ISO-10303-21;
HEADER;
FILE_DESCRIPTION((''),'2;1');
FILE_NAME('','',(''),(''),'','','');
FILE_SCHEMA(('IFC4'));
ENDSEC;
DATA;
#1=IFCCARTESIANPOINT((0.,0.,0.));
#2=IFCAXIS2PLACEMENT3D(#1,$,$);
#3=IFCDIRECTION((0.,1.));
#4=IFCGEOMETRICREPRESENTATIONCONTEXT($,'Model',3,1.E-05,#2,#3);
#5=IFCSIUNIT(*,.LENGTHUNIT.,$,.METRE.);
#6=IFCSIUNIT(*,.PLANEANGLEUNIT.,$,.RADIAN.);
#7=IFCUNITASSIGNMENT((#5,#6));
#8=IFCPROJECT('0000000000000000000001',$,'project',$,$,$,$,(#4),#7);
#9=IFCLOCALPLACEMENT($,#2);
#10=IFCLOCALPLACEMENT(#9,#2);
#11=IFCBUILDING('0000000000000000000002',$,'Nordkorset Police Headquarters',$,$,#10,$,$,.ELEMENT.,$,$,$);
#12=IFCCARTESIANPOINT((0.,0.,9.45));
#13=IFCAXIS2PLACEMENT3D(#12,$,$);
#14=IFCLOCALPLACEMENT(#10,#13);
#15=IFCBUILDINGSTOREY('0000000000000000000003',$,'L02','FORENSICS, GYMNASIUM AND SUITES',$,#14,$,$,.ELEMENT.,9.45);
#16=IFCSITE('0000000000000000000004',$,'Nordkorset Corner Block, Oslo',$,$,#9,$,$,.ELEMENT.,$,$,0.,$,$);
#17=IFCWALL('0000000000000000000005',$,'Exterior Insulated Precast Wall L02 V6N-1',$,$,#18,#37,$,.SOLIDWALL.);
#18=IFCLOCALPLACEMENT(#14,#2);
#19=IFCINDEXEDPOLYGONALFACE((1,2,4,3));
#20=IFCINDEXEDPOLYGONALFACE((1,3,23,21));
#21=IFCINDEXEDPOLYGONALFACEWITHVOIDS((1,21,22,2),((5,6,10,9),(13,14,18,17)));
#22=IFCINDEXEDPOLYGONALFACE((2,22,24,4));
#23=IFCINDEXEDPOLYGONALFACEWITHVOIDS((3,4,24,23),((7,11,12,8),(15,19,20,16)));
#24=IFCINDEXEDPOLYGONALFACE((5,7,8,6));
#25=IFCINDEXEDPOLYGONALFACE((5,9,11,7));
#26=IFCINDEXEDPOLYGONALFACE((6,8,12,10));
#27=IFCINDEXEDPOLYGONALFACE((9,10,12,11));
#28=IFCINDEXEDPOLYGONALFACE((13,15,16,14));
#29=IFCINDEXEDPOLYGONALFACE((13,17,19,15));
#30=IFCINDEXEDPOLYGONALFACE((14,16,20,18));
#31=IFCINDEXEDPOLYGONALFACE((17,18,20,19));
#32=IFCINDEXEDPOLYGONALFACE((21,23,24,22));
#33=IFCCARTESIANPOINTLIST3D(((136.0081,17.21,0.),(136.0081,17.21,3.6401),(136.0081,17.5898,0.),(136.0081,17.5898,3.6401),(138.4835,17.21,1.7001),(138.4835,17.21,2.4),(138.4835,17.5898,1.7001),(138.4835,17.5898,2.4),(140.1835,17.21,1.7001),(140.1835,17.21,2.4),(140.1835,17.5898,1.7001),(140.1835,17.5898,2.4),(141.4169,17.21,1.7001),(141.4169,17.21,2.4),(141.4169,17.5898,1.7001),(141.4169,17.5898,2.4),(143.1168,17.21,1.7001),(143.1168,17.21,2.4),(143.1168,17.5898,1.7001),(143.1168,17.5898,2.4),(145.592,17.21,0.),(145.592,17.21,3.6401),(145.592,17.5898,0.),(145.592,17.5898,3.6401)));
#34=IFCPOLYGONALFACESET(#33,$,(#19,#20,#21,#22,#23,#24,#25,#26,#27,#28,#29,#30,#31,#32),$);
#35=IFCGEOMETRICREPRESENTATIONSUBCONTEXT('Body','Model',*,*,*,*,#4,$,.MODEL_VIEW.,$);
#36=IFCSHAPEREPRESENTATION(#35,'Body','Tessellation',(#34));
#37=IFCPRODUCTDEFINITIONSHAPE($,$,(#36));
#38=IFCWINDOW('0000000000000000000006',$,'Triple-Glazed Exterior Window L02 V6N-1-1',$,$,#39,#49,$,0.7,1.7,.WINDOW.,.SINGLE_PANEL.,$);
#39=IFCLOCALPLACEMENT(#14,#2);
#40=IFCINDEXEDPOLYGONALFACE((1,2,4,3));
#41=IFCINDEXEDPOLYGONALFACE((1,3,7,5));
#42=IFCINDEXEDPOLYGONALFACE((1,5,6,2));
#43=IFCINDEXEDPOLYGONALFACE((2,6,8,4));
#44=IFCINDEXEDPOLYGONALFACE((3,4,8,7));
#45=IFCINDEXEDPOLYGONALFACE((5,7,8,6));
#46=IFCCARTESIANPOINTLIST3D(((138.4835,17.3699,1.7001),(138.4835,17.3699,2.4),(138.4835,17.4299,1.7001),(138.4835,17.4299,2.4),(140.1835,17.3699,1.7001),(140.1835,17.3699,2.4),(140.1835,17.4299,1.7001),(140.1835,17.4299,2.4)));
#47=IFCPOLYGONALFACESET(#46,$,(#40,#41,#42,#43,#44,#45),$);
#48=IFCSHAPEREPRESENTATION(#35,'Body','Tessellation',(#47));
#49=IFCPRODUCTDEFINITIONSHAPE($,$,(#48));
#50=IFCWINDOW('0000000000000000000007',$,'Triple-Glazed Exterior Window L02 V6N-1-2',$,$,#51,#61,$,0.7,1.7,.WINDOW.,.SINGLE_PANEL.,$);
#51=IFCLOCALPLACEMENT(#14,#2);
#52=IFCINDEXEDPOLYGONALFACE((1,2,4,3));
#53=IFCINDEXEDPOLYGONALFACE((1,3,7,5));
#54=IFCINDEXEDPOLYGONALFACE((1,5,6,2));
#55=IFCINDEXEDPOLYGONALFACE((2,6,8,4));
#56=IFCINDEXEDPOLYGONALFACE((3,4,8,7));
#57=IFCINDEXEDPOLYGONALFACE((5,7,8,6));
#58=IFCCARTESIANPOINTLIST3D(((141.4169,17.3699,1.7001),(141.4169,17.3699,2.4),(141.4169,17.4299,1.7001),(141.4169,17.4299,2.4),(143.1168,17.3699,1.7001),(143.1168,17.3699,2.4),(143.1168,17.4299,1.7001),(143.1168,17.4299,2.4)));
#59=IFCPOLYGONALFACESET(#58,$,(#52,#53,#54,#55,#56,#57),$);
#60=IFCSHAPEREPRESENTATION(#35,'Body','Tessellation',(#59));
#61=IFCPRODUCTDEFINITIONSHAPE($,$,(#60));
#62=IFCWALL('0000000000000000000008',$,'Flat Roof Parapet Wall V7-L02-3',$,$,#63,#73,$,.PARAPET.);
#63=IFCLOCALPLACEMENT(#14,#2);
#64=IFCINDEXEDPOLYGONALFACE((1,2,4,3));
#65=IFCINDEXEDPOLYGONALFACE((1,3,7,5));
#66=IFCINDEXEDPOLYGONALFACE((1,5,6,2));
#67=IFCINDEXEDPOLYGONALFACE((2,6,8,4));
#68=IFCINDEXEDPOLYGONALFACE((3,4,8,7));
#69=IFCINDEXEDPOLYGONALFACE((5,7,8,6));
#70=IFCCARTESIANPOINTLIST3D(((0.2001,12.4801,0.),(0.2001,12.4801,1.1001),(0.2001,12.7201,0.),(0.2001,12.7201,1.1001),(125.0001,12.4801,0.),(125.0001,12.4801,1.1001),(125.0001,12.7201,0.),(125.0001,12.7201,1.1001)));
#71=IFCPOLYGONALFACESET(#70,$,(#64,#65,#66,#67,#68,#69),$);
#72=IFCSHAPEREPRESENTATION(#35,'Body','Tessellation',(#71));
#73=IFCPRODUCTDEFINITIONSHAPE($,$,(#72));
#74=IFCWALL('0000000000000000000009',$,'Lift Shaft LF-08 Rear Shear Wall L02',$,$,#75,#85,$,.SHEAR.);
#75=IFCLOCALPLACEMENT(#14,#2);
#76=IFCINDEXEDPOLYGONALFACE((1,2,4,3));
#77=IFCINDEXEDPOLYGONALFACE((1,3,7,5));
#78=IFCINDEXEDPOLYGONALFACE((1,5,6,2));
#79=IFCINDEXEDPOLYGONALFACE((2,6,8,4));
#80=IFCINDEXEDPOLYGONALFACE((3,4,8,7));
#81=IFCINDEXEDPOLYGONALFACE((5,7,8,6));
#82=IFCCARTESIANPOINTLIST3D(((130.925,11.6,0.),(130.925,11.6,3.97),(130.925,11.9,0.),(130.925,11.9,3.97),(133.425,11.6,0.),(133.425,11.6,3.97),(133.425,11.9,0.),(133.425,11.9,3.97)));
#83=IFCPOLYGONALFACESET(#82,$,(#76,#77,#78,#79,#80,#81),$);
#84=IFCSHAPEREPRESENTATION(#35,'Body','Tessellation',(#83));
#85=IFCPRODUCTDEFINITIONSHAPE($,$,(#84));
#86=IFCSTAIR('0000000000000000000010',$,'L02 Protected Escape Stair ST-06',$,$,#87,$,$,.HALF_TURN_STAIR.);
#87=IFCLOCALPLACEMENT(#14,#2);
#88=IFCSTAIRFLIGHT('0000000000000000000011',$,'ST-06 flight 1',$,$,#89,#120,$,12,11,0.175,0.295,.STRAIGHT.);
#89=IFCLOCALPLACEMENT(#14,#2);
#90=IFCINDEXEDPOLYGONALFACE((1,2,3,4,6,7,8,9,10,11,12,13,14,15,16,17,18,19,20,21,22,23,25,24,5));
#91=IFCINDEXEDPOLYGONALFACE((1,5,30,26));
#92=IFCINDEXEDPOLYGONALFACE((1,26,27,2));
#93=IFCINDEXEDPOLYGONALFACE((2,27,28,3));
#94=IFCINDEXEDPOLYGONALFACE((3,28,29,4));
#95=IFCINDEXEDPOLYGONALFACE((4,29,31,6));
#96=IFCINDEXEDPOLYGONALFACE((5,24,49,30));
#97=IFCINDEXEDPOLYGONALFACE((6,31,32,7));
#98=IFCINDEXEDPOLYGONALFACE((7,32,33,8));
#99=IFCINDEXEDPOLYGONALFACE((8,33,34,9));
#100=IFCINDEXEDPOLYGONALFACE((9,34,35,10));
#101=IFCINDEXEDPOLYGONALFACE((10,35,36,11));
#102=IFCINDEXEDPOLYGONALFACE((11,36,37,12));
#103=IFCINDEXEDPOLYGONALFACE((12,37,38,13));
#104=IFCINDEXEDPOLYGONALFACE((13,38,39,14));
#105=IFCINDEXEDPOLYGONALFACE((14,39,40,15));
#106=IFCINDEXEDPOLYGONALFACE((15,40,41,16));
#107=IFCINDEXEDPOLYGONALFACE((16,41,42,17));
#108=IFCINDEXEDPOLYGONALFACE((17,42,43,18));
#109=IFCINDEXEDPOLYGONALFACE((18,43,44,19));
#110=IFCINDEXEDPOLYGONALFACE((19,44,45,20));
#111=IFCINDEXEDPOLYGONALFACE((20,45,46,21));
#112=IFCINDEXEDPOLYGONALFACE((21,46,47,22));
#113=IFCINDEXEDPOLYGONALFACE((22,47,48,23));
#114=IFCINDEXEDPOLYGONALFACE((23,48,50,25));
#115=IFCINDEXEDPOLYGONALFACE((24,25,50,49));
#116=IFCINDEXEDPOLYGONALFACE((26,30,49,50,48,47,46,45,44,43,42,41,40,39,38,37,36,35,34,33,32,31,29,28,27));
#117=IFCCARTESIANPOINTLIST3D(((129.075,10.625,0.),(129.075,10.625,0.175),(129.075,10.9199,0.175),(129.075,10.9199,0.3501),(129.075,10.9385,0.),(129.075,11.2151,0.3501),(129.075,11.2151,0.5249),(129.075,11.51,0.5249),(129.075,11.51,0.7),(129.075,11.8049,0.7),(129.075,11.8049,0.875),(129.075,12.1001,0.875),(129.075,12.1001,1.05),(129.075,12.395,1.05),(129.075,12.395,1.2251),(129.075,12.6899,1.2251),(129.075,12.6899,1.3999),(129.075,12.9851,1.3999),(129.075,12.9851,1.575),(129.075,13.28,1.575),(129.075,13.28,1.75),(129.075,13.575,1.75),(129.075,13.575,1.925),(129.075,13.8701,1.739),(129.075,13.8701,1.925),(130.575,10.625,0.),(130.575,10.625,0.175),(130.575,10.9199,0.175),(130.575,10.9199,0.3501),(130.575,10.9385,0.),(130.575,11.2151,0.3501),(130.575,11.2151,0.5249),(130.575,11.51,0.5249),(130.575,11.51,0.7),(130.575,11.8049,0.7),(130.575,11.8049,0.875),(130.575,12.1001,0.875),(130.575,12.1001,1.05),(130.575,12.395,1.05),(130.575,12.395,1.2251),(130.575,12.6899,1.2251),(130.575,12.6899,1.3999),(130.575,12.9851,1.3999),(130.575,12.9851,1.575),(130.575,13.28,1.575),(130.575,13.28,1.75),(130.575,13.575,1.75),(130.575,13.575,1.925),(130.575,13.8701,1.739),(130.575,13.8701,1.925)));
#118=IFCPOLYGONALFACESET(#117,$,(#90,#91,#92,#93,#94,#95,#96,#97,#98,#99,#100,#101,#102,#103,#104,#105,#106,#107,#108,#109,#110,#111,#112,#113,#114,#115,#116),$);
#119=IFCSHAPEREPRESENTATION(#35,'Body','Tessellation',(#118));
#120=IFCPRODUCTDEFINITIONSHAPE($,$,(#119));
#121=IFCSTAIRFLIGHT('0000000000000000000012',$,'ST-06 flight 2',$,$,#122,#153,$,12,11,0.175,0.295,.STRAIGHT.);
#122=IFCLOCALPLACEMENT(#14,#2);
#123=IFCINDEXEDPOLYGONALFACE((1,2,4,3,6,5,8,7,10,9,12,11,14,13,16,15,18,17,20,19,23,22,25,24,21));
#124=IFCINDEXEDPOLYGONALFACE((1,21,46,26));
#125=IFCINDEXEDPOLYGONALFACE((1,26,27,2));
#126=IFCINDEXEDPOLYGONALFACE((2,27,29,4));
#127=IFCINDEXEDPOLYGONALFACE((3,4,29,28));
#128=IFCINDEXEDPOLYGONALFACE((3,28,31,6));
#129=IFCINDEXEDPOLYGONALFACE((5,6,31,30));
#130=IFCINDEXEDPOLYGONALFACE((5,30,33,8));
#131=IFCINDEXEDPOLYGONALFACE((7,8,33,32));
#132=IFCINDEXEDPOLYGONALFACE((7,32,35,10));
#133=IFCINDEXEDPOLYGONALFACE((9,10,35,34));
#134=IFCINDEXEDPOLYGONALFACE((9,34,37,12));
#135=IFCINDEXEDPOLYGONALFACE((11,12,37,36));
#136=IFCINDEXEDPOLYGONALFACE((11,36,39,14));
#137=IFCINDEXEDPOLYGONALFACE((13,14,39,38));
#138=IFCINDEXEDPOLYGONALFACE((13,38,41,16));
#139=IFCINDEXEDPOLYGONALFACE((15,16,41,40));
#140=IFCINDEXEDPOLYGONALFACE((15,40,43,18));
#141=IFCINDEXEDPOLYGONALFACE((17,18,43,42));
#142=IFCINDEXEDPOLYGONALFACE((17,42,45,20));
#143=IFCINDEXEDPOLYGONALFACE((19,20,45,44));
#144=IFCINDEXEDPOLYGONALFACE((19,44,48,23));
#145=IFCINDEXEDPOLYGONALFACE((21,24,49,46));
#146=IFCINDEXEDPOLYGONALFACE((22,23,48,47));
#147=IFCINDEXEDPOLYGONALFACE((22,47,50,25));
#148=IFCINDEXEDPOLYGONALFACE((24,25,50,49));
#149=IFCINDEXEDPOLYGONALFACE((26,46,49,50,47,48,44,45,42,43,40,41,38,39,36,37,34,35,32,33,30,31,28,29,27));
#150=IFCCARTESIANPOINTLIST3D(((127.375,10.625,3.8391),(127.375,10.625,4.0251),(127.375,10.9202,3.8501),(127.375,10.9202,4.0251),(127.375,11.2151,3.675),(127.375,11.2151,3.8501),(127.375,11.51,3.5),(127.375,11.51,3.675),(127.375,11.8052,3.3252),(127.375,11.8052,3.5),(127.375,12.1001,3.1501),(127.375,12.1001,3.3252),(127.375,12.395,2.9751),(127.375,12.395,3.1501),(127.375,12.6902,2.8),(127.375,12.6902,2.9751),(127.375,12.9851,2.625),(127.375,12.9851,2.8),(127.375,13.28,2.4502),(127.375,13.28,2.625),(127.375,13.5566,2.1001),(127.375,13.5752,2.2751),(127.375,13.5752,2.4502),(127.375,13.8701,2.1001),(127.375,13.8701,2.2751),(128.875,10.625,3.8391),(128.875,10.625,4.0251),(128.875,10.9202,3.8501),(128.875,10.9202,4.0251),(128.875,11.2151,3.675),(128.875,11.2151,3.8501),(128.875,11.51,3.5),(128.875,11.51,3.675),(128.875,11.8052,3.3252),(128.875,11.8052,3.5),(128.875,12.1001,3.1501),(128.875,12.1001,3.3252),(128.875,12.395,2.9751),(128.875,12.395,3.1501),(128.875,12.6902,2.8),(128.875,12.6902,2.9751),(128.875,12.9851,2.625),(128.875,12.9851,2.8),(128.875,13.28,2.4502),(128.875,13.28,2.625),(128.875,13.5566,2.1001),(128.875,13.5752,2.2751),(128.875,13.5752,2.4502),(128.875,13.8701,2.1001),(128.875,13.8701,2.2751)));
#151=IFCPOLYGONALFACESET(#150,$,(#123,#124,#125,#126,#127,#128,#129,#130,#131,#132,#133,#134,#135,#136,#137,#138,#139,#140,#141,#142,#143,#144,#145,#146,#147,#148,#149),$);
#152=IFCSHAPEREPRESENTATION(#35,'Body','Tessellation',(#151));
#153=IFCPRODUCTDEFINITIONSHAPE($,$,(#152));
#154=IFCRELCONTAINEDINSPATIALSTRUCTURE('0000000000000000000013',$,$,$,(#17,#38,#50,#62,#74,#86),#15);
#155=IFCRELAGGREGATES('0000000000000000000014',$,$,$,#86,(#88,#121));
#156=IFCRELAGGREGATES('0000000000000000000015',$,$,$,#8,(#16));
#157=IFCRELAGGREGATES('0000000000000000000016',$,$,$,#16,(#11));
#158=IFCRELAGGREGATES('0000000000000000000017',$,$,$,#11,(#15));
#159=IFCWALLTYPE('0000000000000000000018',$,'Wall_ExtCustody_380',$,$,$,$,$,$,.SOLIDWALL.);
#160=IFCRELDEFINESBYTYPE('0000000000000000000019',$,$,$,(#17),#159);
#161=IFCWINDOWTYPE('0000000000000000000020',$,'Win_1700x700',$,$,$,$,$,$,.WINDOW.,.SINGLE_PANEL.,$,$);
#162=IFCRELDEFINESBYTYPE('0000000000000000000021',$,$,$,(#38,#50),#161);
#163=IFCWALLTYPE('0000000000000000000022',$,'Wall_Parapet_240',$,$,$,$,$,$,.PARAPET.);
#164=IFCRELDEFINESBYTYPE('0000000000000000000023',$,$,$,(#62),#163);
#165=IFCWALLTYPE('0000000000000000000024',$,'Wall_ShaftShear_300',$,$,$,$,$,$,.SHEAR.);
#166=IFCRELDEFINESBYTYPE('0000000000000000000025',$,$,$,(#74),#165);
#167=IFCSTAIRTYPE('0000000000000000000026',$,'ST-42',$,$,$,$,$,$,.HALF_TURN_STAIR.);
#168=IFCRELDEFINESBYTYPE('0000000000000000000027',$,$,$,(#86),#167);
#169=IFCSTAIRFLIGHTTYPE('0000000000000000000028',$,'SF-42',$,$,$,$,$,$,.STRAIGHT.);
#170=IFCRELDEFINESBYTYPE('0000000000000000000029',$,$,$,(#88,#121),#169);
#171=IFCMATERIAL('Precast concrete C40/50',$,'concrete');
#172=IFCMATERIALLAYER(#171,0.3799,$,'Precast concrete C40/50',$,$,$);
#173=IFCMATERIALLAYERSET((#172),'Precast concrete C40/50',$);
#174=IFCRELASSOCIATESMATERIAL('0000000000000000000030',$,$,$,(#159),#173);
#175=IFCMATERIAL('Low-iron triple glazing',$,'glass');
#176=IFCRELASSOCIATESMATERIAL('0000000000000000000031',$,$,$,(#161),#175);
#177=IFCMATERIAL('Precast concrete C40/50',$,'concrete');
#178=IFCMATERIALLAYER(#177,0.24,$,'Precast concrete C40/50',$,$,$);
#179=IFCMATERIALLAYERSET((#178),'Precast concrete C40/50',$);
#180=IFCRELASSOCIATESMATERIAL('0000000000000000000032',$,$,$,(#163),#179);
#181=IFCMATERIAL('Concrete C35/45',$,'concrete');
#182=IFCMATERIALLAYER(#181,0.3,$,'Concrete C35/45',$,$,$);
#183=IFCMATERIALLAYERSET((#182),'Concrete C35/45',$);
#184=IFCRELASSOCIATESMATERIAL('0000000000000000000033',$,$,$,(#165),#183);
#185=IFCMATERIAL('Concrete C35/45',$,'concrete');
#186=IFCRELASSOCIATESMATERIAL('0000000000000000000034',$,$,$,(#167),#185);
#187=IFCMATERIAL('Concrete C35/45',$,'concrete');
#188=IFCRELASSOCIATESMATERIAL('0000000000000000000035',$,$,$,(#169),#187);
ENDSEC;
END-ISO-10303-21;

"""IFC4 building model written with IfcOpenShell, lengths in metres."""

from ifc_helpers import new_model, si_unit, direction, frame, frame_2d, origin, place, context, subcontext, project, spatial, polyline, rectangle, outline, extrude, material, layer, layer_set, type_object, element, fill, aggregate, save


model = new_model("IFC4")

# Units and contexts
model_context = context("Model", 3, precision=1e-05, world=origin(), true_north=direction((0.0, 1.0)))
body_context = subcontext(model_context, "Body", "Model", "MODEL_VIEW")
ifc_project = project(units=[si_unit("LENGTHUNIT", "METRE"), si_unit("PLANEANGLEUNIT", "RADIAN")], contexts=[model_context])

# Site, building, storey
site_placement = place(None, origin())
site = spatial("IfcSite", under=ifc_project, at=site_placement, Name="Nordkorset Corner Block, Oslo", CompositionType="ELEMENT", RefElevation=0.0)
building_placement = place(site_placement, origin())
building = spatial("IfcBuilding", under=site, at=building_placement, Name="Nordkorset Police Headquarters", CompositionType="ELEMENT")
storey_placement = place(building_placement, frame((0.0, 0.0, 9.45)))
storey = spatial("IfcBuildingStorey", under=building, at=storey_placement, Name="L02", Description="FORENSICS, GYMNASIUM AND SUITES", CompositionType="ELEMENT", Elevation=9.45)

# Wall, openings, windows
ifc_material_1 = material(Name="Precast concrete C40/50", Category="concrete")
ifc_layer_1 = layer(ifc_material_1, 0.3799, Name="Precast concrete C40/50")
ifc_layer_set_1 = layer_set([ifc_layer_1], Name="Precast concrete C40/50")
wall_type_1 = type_object("IfcWallType", Name="Wall_ExtCustody_380", PredefinedType="SOLIDWALL", material=ifc_layer_set_1)
wall_1_placement = place(storey_placement, frame((136.0081, 17.3999, 0.0), z_axis=(0.0, 0.0, 1.0), x_axis=(1.0, 0.0, 0.0)))
wall_1 = element("IfcWall", 1, at=wall_1_placement, inside=storey, type_object=wall_type_1, Name="Exterior Insulated Precast Wall L02 V6N-1", PredefinedType="SOLIDWALL", context=body_context, shape_type="SweptSolid", body=[
    extrude(rectangle(XDim=9.584, YDim=0.3799, at=frame_2d((4.792, 0.0))), origin(), (0.0, 0.0, 1.0), 3.6401),
])
opening_1_placement = place(wall_1_placement, frame((2.4753, 0.0, 1.7)))
opening_1 = element("IfcOpeningElement", 2, at=opening_1_placement, cuts=wall_1, PredefinedType="OPENING", context=body_context, shape_type="SweptSolid", body=[
    extrude(rectangle(XDim=1.7, YDim=0.7, at=frame_2d((0.8501, 0.3501))), frame((0.0, 0.2, 0.0), z_axis=(0.0, -1.0, 0.0), x_axis=(1.0, 0.0, 0.0)), (0.0, 0.0, 1.0), 0.3999),
])
opening_2_placement = place(wall_1_placement, frame((5.4087, 0.0, 1.7)))
opening_2 = element("IfcOpeningElement", 3, at=opening_2_placement, cuts=wall_1, PredefinedType="OPENING", context=body_context, shape_type="SweptSolid", body=[
    extrude(rectangle(XDim=1.7, YDim=0.7, at=frame_2d((0.8501, 0.3501))), frame((0.0, 0.2, 0.0), z_axis=(0.0, -1.0, 0.0), x_axis=(1.0, 0.0, 0.0)), (0.0, 0.0, 1.0), 0.3999),
])
ifc_material_2 = material(Name="Low-iron triple glazing", Category="glass")
window_type_1 = type_object("IfcWindowType", Name="Win_1700x700", PartitioningType="SINGLE_PANEL", PredefinedType="WINDOW", material=ifc_material_2)
window_1_placement = place(opening_1_placement, origin())
window_1 = element("IfcWindow", 4, at=window_1_placement, inside=storey, type_object=window_type_1, Name="Triple-Glazed Exterior Window L02 V6N-1-1", OverallHeight=0.7, OverallWidth=1.7, PartitioningType="SINGLE_PANEL", PredefinedType="WINDOW", context=body_context, shape_type="SweptSolid", body=[
    extrude(rectangle(XDim=1.7, YDim=0.7, at=frame_2d((0.8501, 0.3501))), frame((0.0, 0.03, 0.0), z_axis=(0.0, -1.0, 0.0), x_axis=(1.0, 0.0, 0.0)), (0.0, 0.0, 1.0), 0.0601),
])
fill(opening_1, window_1)
window_2_placement = place(opening_2_placement, origin())
window_2 = element("IfcWindow", 5, at=window_2_placement, inside=storey, type_object=window_type_1, Name="Triple-Glazed Exterior Window L02 V6N-1-2", OverallHeight=0.7, OverallWidth=1.7, PartitioningType="SINGLE_PANEL", PredefinedType="WINDOW", context=body_context, shape_type="SweptSolid", body=[
    extrude(rectangle(XDim=1.7, YDim=0.7, at=frame_2d((0.8501, 0.3501))), frame((0.0, 0.03, 0.0), z_axis=(0.0, -1.0, 0.0), x_axis=(1.0, 0.0, 0.0)), (0.0, 0.0, 1.0), 0.0601),
])
fill(opening_2, window_2)

# Walls
ifc_material_3 = material(Name="Precast concrete C40/50", Category="concrete")
ifc_layer_2 = layer(ifc_material_3, 0.24, Name="Precast concrete C40/50")
ifc_layer_set_2 = layer_set([ifc_layer_2], Name="Precast concrete C40/50")
wall_type_2 = type_object("IfcWallType", Name="Wall_Parapet_240", PredefinedType="PARAPET", material=ifc_layer_set_2)
wall_2_placement = place(storey_placement, frame((125.0, 12.6001, 0.0), z_axis=(0.0, 0.0, 1.0), x_axis=(-1.0, 0.0, 0.0)))
element("IfcWall", 6, at=wall_2_placement, inside=storey, type_object=wall_type_2, Name="Flat Roof Parapet Wall V7-L02-3", PredefinedType="PARAPET", context=body_context, shape_type="SweptSolid", body=[
    extrude(rectangle(XDim=124.8, YDim=0.24, at=frame_2d((62.3999, 0.0))), origin(), (0.0, 0.0, 1.0), 1.1001),
])
ifc_material_4 = material(Name="Concrete C35/45", Category="concrete")
ifc_layer_3 = layer(ifc_material_4, 0.3, Name="Concrete C35/45")
ifc_layer_set_3 = layer_set([ifc_layer_3], Name="Concrete C35/45")
wall_type_3 = type_object("IfcWallType", Name="Wall_ShaftShear_300", PredefinedType="SHEAR", material=ifc_layer_set_3)
wall_3_placement = place(storey_placement, frame((130.925, 11.75, 0.0), z_axis=(0.0, 0.0, 1.0), x_axis=(1.0, 0.0, 0.0)))
element("IfcWall", 7, at=wall_3_placement, inside=storey, type_object=wall_type_3, Name="Lift Shaft LF-08 Rear Shear Wall L02", PredefinedType="SHEAR", context=body_context, shape_type="SweptSolid", body=[
    extrude(rectangle(XDim=2.5, YDim=0.3, at=frame_2d((1.25, 0.0))), origin(), (0.0, 0.0, 1.0), 3.97),
])

# Stair, stair flights
ifc_material_5 = material(Name="Concrete C35/45", Category="concrete")
stair_type = type_object("IfcStairType", Name="ST-42", PredefinedType="HALF_TURN_STAIR", material=ifc_material_5)
stair_placement = place(storey_placement, origin())
stair = element("IfcStair", 8, at=stair_placement, inside=storey, type_object=stair_type, Name="L02 Protected Escape Stair ST-06", PredefinedType="HALF_TURN_STAIR")
ifc_material_6 = material(Name="Concrete C35/45", Category="concrete")
stair_flight_type = type_object("IfcStairFlightType", Name="SF-42", PredefinedType="STRAIGHT", material=ifc_material_6)
stair_flight_1_placement = place(storey_placement, frame((129.825, 10.625, 0.0), z_axis=(0.0, 0.0, 1.0), x_axis=(0.0, 1.0, 0.0)))
stair_flight_1 = element("IfcStairFlight", 9, at=stair_flight_1_placement, type_object=stair_flight_type, Name="ST-06 flight 1", NumberOfRisers=12, NumberOfTreads=11, PredefinedType="STRAIGHT", RiserHeight=0.175, TreadLength=0.295, context=body_context, shape_type="SweptSolid", body=[
    extrude(outline(polyline([(0.0, 0.0), (0.0, 0.175), (0.2949, 0.175), (0.2949, 0.3501), (0.5901, 0.3501), (0.5901, 0.5249), (0.885, 0.5249), (0.885, 0.7), (1.1799, 0.7), (1.1799, 0.875), (1.4751, 0.875), (1.4751, 1.05), (1.77, 1.05), (1.77, 1.2251), (2.0649, 1.2251), (2.0649, 1.3999), (2.3601, 1.3999), (2.3601, 1.575), (2.655, 1.575), (2.655, 1.75), (2.95, 1.75), (2.95, 1.925), (3.2451, 1.925), (3.2451, 2.1001), (3.2451, 1.739), (0.3135, 0.0), (0.0, 0.0)])), frame((0.0, 0.75, 0.0), z_axis=(0.0, -1.0, 0.0), x_axis=(1.0, 0.0, 0.0)), (0.0, 0.0, 1.0), 1.5),
])
stair_flight_2_placement = place(storey_placement, frame((128.125, 13.8701, 2.1001), z_axis=(0.0, 0.0, 1.0), x_axis=(0.0, -1.0, 0.0)))
stair_flight_2 = element("IfcStairFlight", 10, at=stair_flight_2_placement, type_object=stair_flight_type, Name="ST-06 flight 2", NumberOfRisers=12, NumberOfTreads=11, PredefinedType="STRAIGHT", RiserHeight=0.175, TreadLength=0.295, context=body_context, shape_type="SweptSolid", body=[
    extrude(outline(polyline([(0.0, 0.0), (0.0, 0.175), (0.2949, 0.175), (0.2949, 0.3501), (0.5901, 0.3501), (0.5901, 0.5249), (0.885, 0.5249), (0.885, 0.7), (1.1799, 0.7), (1.1799, 0.875), (1.4751, 0.875), (1.4751, 1.05), (1.77, 1.05), (1.77, 1.2251), (2.0649, 1.2251), (2.0649, 1.3999), (2.3601, 1.3999), (2.3601, 1.575), (2.655, 1.575), (2.655, 1.75), (2.95, 1.75), (2.95, 1.925), (3.2451, 1.925), (3.2451, 2.1001), (3.2451, 1.739), (0.3135, 0.0), (0.0, 0.0)])), frame((0.0, 0.75, 0.0), z_axis=(0.0, -1.0, 0.0), x_axis=(1.0, 0.0, 0.0)), (0.0, 0.0, 1.0), 1.5),
])
aggregate(stair, [stair_flight_1, stair_flight_2])

save(model, "model.ifc")
